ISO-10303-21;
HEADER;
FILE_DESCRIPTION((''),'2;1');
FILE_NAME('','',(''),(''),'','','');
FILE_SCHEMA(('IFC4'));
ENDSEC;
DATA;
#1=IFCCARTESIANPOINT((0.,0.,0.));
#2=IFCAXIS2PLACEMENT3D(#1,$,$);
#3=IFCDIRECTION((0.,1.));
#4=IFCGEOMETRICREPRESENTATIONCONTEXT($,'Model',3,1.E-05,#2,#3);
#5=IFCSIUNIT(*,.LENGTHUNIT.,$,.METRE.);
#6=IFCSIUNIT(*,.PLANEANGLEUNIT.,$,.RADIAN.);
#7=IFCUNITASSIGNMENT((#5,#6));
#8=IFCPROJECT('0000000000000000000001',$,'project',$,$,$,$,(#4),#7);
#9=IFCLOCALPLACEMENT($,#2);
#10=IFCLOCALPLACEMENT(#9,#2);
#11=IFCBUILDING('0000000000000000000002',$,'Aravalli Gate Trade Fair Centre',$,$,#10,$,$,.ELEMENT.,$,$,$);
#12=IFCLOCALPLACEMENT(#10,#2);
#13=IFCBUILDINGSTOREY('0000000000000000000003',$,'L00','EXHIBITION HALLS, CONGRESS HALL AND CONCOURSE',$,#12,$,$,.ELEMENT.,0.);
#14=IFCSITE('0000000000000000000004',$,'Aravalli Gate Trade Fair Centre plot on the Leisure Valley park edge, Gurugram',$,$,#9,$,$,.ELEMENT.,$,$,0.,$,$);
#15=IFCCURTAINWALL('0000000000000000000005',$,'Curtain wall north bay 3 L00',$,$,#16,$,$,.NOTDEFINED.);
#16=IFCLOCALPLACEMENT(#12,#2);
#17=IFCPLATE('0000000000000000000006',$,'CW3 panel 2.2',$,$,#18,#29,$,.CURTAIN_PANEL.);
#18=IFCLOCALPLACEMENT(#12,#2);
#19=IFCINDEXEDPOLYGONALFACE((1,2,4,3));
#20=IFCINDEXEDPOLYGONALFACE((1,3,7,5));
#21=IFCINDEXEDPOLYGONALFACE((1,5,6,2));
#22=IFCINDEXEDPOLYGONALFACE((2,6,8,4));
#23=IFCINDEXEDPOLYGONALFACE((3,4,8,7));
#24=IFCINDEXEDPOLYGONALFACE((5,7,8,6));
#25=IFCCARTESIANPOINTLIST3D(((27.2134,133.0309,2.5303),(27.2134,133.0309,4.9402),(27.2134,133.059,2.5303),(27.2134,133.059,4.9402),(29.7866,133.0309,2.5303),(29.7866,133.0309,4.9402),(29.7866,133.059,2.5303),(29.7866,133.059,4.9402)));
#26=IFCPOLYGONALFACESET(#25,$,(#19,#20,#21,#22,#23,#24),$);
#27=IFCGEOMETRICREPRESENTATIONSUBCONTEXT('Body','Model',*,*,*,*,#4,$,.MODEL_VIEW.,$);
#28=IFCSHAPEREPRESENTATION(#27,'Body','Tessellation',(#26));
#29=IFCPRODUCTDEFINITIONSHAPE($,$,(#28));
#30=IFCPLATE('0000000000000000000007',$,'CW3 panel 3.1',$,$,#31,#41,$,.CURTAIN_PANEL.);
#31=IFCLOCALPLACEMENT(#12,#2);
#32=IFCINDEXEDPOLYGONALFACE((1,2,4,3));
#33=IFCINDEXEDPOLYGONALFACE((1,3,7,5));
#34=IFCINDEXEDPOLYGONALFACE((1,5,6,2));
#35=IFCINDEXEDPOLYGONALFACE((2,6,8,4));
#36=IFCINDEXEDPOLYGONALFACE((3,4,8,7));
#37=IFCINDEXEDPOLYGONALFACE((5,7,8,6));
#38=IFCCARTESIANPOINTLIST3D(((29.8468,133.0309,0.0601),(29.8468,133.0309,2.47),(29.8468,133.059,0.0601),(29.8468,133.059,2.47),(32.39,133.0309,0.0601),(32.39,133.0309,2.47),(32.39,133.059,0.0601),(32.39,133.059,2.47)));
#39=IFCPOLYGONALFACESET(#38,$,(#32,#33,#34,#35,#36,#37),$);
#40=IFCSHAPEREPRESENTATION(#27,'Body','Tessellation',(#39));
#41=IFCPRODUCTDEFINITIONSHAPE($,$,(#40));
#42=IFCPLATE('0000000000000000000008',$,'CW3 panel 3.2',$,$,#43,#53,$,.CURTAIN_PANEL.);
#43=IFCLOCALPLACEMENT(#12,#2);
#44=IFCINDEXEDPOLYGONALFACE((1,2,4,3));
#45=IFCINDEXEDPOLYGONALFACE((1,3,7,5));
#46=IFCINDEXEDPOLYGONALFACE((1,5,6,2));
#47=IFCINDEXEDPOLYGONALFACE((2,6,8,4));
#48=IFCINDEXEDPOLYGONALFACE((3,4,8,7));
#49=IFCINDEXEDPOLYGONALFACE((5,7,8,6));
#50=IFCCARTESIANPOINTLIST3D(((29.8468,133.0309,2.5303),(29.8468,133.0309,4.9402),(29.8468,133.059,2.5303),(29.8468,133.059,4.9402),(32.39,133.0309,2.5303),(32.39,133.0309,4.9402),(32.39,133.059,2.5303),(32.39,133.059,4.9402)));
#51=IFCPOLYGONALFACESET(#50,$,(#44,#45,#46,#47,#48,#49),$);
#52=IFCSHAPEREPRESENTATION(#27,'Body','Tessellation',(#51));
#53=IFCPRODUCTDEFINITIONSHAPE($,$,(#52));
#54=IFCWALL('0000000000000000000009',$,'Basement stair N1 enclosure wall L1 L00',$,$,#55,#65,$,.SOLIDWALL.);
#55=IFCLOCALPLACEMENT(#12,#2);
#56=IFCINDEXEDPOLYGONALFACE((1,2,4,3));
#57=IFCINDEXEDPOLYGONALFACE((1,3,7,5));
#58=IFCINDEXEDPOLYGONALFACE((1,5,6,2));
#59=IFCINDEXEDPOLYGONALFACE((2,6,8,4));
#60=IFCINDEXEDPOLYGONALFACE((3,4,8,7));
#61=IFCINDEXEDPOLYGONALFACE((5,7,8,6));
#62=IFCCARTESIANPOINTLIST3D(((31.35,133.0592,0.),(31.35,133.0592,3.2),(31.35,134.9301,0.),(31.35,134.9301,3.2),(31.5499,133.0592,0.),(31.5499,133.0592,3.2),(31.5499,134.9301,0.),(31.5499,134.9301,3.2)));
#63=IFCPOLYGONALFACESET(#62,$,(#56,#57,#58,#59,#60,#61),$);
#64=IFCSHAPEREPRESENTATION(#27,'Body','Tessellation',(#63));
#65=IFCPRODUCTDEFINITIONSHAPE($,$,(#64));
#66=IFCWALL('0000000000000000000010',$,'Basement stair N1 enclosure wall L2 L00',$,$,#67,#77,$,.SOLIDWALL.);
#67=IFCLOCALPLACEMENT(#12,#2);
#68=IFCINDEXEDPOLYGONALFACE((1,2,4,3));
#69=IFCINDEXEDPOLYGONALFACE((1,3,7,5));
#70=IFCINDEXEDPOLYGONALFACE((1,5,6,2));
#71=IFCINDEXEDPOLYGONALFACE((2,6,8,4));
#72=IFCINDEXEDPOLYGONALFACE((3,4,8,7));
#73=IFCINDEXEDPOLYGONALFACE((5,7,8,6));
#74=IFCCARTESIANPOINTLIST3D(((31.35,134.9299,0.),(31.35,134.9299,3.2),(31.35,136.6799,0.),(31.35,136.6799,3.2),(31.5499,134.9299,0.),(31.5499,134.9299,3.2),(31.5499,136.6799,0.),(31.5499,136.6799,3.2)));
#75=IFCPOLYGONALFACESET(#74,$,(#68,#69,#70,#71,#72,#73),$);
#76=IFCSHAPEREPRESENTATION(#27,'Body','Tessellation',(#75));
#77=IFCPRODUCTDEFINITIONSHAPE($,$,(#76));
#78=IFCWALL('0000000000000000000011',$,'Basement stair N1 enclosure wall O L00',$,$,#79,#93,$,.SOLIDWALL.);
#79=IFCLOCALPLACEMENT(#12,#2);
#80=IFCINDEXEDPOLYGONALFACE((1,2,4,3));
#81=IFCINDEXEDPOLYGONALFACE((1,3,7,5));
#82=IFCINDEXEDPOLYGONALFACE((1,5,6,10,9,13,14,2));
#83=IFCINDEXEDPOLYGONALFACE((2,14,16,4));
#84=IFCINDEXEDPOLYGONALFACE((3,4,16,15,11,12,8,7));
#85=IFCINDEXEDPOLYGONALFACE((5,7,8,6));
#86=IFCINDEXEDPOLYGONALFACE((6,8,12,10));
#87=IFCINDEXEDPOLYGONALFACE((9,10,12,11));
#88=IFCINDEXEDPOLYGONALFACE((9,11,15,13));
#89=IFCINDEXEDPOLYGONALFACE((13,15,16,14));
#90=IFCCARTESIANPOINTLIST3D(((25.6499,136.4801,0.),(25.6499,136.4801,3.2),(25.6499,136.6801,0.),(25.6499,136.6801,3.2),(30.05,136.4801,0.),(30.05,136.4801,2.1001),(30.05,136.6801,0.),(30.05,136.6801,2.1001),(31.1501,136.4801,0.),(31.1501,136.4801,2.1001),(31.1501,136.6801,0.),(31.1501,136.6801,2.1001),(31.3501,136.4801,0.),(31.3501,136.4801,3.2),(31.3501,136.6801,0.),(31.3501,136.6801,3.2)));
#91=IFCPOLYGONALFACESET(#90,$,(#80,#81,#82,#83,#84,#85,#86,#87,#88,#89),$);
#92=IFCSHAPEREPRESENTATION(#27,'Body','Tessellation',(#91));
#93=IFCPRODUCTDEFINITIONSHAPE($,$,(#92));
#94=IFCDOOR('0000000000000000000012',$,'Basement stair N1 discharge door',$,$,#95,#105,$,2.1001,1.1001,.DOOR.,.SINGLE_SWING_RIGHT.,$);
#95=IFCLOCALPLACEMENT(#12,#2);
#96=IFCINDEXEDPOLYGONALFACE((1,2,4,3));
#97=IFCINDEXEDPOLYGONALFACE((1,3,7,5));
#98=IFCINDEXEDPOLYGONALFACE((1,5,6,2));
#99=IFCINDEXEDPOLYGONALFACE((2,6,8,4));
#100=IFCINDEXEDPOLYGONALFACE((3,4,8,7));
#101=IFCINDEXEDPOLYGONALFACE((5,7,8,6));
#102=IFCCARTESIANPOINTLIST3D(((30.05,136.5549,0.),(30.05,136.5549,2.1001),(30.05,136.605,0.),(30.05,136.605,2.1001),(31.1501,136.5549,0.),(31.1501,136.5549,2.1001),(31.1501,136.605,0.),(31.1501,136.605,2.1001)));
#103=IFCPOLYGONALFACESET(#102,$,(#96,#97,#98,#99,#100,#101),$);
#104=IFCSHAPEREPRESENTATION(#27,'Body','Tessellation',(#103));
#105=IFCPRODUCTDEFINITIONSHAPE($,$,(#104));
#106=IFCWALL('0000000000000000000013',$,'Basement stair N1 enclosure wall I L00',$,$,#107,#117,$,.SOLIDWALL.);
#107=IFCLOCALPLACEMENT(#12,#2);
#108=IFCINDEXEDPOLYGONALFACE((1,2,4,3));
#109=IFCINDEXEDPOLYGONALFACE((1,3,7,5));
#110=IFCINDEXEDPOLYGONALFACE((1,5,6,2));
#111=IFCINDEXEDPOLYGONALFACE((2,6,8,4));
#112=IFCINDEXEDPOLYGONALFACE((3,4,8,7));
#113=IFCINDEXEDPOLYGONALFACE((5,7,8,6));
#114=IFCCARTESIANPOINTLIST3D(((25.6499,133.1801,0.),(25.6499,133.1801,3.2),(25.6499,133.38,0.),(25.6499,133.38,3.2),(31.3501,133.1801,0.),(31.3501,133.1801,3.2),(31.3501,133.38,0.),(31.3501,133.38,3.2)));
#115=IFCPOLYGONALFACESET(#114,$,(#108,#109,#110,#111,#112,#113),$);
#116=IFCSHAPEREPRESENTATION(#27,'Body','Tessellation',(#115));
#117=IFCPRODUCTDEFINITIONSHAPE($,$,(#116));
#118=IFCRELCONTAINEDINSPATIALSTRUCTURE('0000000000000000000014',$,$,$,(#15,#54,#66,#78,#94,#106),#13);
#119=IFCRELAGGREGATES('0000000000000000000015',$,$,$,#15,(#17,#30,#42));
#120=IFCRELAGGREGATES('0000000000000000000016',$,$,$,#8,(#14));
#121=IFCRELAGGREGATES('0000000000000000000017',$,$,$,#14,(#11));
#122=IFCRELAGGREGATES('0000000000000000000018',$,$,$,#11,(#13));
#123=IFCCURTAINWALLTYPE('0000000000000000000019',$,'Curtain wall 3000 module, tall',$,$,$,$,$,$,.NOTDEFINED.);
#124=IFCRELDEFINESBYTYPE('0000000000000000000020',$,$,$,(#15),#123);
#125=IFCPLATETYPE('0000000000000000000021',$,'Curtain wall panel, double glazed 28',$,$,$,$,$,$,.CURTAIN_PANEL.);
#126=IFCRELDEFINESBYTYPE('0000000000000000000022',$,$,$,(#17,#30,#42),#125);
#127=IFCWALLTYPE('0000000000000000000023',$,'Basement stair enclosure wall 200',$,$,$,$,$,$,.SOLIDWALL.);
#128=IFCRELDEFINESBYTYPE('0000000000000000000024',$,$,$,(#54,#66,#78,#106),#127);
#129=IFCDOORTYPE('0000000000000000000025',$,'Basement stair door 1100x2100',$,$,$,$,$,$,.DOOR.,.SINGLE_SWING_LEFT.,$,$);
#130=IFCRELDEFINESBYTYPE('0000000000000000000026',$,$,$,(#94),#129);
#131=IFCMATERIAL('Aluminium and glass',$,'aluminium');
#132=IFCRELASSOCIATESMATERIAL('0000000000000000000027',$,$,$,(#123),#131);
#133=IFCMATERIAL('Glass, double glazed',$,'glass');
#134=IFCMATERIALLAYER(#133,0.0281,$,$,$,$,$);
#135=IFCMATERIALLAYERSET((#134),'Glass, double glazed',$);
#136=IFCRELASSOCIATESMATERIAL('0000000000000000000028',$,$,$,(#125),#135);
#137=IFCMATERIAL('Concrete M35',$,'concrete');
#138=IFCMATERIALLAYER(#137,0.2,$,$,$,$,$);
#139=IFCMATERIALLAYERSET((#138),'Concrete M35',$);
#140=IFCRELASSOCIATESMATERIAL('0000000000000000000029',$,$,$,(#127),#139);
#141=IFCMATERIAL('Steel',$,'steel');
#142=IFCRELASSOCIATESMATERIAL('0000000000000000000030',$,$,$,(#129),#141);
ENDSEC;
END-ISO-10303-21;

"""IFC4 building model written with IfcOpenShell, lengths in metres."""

from ifc_helpers import new_model, si_unit, direction, frame, frame_2d, origin, origin_2d, place, context, subcontext, project, spatial, rectangle, extrude, material, layer, layer_set, type_object, element, fill, aggregate, save


model = new_model("IFC4")

# Units and contexts
model_context = context("Model", 3, precision=1e-05, world=origin(), true_north=direction((0.0, 1.0)))
body_context = subcontext(model_context, "Body", "Model", "MODEL_VIEW")
ifc_project = project(units=[si_unit("LENGTHUNIT", "METRE"), si_unit("PLANEANGLEUNIT", "RADIAN")], contexts=[model_context])

# Site, building, storey
site_placement = place(None, origin())
site = spatial("IfcSite", under=ifc_project, at=site_placement, Name="Aravalli Gate Trade Fair Centre plot on the Leisure Valley park edge, Gurugram", CompositionType="ELEMENT", RefElevation=0.0)
building_placement = place(site_placement, origin())
building = spatial("IfcBuilding", under=site, at=building_placement, Name="Aravalli Gate Trade Fair Centre", CompositionType="ELEMENT")
storey_placement = place(building_placement, origin())
storey = spatial("IfcBuildingStorey", under=building, at=storey_placement, Name="L00", Description="EXHIBITION HALLS, CONGRESS HALL AND CONCOURSE", CompositionType="ELEMENT", Elevation=0.0)

# Curtain wall, plates
ifc_material_1 = material(Name="Aluminium and glass", Category="aluminium")
curtain_wall_type = type_object("IfcCurtainWallType", Name="Curtain wall 3000 module, tall", PredefinedType="NOTDEFINED", material=ifc_material_1)
curtain_wall_placement = place(storey_placement, origin())
curtain_wall = element("IfcCurtainWall", 1, at=curtain_wall_placement, inside=storey, type_object=curtain_wall_type, Name="Curtain wall north bay 3 L00", PredefinedType="NOTDEFINED")
ifc_material_2 = material(Name="Glass, double glazed", Category="glass")
ifc_layer_1 = layer(ifc_material_2, 0.0281)
ifc_layer_set_1 = layer_set([ifc_layer_1], Name="Glass, double glazed")
plate_type = type_object("IfcPlateType", Name="Curtain wall panel, double glazed 28", PredefinedType="CURTAIN_PANEL", material=ifc_layer_set_1)
plate_1_placement = place(storey_placement, frame((28.5, 133.0449, 2.5303), z_axis=(0.0, 0.0, 1.0), x_axis=(1.0, 0.0, 0.0)))
plate_1 = element("IfcPlate", 2, at=plate_1_placement, type_object=plate_type, Name="CW3 panel 2.2", PredefinedType="CURTAIN_PANEL", context=body_context, shape_type="SweptSolid", body=[
    extrude(rectangle(XDim=2.5732, YDim=0.0281, at=origin_2d()), origin(), (0.0, 0.0, 1.0), 2.4099),
])
plate_2_placement = place(storey_placement, frame((31.1184, 133.0449, 0.0601), z_axis=(0.0, 0.0, 1.0), x_axis=(1.0, 0.0, 0.0)))
plate_2 = element("IfcPlate", 3, at=plate_2_placement, type_object=plate_type, Name="CW3 panel 3.1", PredefinedType="CURTAIN_PANEL", context=body_context, shape_type="SweptSolid", body=[
    extrude(rectangle(XDim=2.5432, YDim=0.0281, at=origin_2d()), origin(), (0.0, 0.0, 1.0), 2.4099),
])
plate_3_placement = place(storey_placement, frame((31.1184, 133.0449, 2.5303), z_axis=(0.0, 0.0, 1.0), x_axis=(1.0, 0.0, 0.0)))
plate_3 = element("IfcPlate", 4, at=plate_3_placement, type_object=plate_type, Name="CW3 panel 3.2", PredefinedType="CURTAIN_PANEL", context=body_context, shape_type="SweptSolid", body=[
    extrude(rectangle(XDim=2.5432, YDim=0.0281, at=origin_2d()), origin(), (0.0, 0.0, 1.0), 2.4099),
])
aggregate(curtain_wall, [plate_1, plate_2, plate_3])

# Walls
ifc_material_3 = material(Name="Concrete M35", Category="concrete")
ifc_layer_2 = layer(ifc_material_3, 0.2)
ifc_layer_set_2 = layer_set([ifc_layer_2], Name="Concrete M35")
wall_type = type_object("IfcWallType", Name="Basement stair enclosure wall 200", PredefinedType="SOLIDWALL", material=ifc_layer_set_2)
wall_1_placement = place(storey_placement, frame((31.45, 133.0591, 0.0), z_axis=(0.0, 0.0, 1.0), x_axis=(0.0, 1.0, 0.0)))
element("IfcWall", 5, at=wall_1_placement, inside=storey, type_object=wall_type, Name="Basement stair N1 enclosure wall L1 L00", PredefinedType="SOLIDWALL", context=body_context, shape_type="SweptSolid", body=[
    extrude(rectangle(XDim=1.8708, YDim=0.2, at=frame_2d((0.9355, 0.0))), origin(), (0.0, 0.0, 1.0), 3.2),
])
wall_2_placement = place(storey_placement, frame((31.45, 134.9299, 0.0), z_axis=(0.0, 0.0, 1.0), x_axis=(0.0, 1.0, 0.0)))
element("IfcWall", 6, at=wall_2_placement, inside=storey, type_object=wall_type, Name="Basement stair N1 enclosure wall L2 L00", PredefinedType="SOLIDWALL", context=body_context, shape_type="SweptSolid", body=[
    extrude(rectangle(XDim=1.75, YDim=0.2, at=frame_2d((0.875, 0.0))), origin(), (0.0, 0.0, 1.0), 3.2),
])

# Wall, opening, door
wall_3_placement = place(storey_placement, frame((31.3501, 136.5801, 0.0), z_axis=(0.0, 0.0, 1.0), x_axis=(-1.0, 0.0, 0.0)))
wall_3 = element("IfcWall", 7, at=wall_3_placement, inside=storey, type_object=wall_type, Name="Basement stair N1 enclosure wall O L00", PredefinedType="SOLIDWALL", context=body_context, shape_type="SweptSolid", body=[
    extrude(rectangle(XDim=5.7002, YDim=0.2, at=frame_2d((2.8501, 0.0))), origin(), (0.0, 0.0, 1.0), 3.2),
])
opening_placement = place(wall_3_placement, frame((0.2, 0.0, 0.0)))
opening = element("IfcOpeningElement", 8, at=opening_placement, cuts=wall_3, PredefinedType="OPENING", context=body_context, shape_type="SweptSolid", body=[
    extrude(rectangle(XDim=1.1001, YDim=2.1001, at=frame_2d((0.55, 1.05))), frame((0.0, 0.1099, 0.0), z_axis=(0.0, -1.0, 0.0), x_axis=(1.0, 0.0, 0.0)), (0.0, 0.0, 1.0), 0.22),
])
ifc_material_4 = material(Name="Steel", Category="steel")
door_type = type_object("IfcDoorType", Name="Basement stair door 1100x2100", OperationType="SINGLE_SWING_LEFT", PredefinedType="DOOR", material=ifc_material_4)
door_placement = place(opening_placement, frame((1.1001, 0.0, 0.0), z_axis=(0.0, 0.0, 1.0), x_axis=(-1.0, 0.0, 0.0)))
door = element("IfcDoor", 9, at=door_placement, inside=storey, type_object=door_type, Name="Basement stair N1 discharge door", OperationType="SINGLE_SWING_RIGHT", OverallHeight=2.1001, OverallWidth=1.1001, PredefinedType="DOOR", context=body_context, shape_type="SweptSolid", body=[
    extrude(rectangle(XDim=1.1001, YDim=2.1001, at=frame_2d((0.55, 1.05))), frame((0.0, 0.0249, 0.0), z_axis=(0.0, -1.0, 0.0), x_axis=(1.0, 0.0, 0.0)), (0.0, 0.0, 1.0), 0.05),
])
fill(opening, door)

# Wall
wall_4_placement = place(storey_placement, frame((31.3501, 133.28, 0.0), z_axis=(0.0, 0.0, 1.0), x_axis=(-1.0, 0.0, 0.0)))
element("IfcWall", 10, at=wall_4_placement, inside=storey, type_object=wall_type, Name="Basement stair N1 enclosure wall I L00", PredefinedType="SOLIDWALL", context=body_context, shape_type="SweptSolid", body=[
    extrude(rectangle(XDim=5.7002, YDim=0.2, at=frame_2d((2.8501, 0.0))), origin(), (0.0, 0.0, 1.0), 3.2),
])

save(model, "model.ifc")
